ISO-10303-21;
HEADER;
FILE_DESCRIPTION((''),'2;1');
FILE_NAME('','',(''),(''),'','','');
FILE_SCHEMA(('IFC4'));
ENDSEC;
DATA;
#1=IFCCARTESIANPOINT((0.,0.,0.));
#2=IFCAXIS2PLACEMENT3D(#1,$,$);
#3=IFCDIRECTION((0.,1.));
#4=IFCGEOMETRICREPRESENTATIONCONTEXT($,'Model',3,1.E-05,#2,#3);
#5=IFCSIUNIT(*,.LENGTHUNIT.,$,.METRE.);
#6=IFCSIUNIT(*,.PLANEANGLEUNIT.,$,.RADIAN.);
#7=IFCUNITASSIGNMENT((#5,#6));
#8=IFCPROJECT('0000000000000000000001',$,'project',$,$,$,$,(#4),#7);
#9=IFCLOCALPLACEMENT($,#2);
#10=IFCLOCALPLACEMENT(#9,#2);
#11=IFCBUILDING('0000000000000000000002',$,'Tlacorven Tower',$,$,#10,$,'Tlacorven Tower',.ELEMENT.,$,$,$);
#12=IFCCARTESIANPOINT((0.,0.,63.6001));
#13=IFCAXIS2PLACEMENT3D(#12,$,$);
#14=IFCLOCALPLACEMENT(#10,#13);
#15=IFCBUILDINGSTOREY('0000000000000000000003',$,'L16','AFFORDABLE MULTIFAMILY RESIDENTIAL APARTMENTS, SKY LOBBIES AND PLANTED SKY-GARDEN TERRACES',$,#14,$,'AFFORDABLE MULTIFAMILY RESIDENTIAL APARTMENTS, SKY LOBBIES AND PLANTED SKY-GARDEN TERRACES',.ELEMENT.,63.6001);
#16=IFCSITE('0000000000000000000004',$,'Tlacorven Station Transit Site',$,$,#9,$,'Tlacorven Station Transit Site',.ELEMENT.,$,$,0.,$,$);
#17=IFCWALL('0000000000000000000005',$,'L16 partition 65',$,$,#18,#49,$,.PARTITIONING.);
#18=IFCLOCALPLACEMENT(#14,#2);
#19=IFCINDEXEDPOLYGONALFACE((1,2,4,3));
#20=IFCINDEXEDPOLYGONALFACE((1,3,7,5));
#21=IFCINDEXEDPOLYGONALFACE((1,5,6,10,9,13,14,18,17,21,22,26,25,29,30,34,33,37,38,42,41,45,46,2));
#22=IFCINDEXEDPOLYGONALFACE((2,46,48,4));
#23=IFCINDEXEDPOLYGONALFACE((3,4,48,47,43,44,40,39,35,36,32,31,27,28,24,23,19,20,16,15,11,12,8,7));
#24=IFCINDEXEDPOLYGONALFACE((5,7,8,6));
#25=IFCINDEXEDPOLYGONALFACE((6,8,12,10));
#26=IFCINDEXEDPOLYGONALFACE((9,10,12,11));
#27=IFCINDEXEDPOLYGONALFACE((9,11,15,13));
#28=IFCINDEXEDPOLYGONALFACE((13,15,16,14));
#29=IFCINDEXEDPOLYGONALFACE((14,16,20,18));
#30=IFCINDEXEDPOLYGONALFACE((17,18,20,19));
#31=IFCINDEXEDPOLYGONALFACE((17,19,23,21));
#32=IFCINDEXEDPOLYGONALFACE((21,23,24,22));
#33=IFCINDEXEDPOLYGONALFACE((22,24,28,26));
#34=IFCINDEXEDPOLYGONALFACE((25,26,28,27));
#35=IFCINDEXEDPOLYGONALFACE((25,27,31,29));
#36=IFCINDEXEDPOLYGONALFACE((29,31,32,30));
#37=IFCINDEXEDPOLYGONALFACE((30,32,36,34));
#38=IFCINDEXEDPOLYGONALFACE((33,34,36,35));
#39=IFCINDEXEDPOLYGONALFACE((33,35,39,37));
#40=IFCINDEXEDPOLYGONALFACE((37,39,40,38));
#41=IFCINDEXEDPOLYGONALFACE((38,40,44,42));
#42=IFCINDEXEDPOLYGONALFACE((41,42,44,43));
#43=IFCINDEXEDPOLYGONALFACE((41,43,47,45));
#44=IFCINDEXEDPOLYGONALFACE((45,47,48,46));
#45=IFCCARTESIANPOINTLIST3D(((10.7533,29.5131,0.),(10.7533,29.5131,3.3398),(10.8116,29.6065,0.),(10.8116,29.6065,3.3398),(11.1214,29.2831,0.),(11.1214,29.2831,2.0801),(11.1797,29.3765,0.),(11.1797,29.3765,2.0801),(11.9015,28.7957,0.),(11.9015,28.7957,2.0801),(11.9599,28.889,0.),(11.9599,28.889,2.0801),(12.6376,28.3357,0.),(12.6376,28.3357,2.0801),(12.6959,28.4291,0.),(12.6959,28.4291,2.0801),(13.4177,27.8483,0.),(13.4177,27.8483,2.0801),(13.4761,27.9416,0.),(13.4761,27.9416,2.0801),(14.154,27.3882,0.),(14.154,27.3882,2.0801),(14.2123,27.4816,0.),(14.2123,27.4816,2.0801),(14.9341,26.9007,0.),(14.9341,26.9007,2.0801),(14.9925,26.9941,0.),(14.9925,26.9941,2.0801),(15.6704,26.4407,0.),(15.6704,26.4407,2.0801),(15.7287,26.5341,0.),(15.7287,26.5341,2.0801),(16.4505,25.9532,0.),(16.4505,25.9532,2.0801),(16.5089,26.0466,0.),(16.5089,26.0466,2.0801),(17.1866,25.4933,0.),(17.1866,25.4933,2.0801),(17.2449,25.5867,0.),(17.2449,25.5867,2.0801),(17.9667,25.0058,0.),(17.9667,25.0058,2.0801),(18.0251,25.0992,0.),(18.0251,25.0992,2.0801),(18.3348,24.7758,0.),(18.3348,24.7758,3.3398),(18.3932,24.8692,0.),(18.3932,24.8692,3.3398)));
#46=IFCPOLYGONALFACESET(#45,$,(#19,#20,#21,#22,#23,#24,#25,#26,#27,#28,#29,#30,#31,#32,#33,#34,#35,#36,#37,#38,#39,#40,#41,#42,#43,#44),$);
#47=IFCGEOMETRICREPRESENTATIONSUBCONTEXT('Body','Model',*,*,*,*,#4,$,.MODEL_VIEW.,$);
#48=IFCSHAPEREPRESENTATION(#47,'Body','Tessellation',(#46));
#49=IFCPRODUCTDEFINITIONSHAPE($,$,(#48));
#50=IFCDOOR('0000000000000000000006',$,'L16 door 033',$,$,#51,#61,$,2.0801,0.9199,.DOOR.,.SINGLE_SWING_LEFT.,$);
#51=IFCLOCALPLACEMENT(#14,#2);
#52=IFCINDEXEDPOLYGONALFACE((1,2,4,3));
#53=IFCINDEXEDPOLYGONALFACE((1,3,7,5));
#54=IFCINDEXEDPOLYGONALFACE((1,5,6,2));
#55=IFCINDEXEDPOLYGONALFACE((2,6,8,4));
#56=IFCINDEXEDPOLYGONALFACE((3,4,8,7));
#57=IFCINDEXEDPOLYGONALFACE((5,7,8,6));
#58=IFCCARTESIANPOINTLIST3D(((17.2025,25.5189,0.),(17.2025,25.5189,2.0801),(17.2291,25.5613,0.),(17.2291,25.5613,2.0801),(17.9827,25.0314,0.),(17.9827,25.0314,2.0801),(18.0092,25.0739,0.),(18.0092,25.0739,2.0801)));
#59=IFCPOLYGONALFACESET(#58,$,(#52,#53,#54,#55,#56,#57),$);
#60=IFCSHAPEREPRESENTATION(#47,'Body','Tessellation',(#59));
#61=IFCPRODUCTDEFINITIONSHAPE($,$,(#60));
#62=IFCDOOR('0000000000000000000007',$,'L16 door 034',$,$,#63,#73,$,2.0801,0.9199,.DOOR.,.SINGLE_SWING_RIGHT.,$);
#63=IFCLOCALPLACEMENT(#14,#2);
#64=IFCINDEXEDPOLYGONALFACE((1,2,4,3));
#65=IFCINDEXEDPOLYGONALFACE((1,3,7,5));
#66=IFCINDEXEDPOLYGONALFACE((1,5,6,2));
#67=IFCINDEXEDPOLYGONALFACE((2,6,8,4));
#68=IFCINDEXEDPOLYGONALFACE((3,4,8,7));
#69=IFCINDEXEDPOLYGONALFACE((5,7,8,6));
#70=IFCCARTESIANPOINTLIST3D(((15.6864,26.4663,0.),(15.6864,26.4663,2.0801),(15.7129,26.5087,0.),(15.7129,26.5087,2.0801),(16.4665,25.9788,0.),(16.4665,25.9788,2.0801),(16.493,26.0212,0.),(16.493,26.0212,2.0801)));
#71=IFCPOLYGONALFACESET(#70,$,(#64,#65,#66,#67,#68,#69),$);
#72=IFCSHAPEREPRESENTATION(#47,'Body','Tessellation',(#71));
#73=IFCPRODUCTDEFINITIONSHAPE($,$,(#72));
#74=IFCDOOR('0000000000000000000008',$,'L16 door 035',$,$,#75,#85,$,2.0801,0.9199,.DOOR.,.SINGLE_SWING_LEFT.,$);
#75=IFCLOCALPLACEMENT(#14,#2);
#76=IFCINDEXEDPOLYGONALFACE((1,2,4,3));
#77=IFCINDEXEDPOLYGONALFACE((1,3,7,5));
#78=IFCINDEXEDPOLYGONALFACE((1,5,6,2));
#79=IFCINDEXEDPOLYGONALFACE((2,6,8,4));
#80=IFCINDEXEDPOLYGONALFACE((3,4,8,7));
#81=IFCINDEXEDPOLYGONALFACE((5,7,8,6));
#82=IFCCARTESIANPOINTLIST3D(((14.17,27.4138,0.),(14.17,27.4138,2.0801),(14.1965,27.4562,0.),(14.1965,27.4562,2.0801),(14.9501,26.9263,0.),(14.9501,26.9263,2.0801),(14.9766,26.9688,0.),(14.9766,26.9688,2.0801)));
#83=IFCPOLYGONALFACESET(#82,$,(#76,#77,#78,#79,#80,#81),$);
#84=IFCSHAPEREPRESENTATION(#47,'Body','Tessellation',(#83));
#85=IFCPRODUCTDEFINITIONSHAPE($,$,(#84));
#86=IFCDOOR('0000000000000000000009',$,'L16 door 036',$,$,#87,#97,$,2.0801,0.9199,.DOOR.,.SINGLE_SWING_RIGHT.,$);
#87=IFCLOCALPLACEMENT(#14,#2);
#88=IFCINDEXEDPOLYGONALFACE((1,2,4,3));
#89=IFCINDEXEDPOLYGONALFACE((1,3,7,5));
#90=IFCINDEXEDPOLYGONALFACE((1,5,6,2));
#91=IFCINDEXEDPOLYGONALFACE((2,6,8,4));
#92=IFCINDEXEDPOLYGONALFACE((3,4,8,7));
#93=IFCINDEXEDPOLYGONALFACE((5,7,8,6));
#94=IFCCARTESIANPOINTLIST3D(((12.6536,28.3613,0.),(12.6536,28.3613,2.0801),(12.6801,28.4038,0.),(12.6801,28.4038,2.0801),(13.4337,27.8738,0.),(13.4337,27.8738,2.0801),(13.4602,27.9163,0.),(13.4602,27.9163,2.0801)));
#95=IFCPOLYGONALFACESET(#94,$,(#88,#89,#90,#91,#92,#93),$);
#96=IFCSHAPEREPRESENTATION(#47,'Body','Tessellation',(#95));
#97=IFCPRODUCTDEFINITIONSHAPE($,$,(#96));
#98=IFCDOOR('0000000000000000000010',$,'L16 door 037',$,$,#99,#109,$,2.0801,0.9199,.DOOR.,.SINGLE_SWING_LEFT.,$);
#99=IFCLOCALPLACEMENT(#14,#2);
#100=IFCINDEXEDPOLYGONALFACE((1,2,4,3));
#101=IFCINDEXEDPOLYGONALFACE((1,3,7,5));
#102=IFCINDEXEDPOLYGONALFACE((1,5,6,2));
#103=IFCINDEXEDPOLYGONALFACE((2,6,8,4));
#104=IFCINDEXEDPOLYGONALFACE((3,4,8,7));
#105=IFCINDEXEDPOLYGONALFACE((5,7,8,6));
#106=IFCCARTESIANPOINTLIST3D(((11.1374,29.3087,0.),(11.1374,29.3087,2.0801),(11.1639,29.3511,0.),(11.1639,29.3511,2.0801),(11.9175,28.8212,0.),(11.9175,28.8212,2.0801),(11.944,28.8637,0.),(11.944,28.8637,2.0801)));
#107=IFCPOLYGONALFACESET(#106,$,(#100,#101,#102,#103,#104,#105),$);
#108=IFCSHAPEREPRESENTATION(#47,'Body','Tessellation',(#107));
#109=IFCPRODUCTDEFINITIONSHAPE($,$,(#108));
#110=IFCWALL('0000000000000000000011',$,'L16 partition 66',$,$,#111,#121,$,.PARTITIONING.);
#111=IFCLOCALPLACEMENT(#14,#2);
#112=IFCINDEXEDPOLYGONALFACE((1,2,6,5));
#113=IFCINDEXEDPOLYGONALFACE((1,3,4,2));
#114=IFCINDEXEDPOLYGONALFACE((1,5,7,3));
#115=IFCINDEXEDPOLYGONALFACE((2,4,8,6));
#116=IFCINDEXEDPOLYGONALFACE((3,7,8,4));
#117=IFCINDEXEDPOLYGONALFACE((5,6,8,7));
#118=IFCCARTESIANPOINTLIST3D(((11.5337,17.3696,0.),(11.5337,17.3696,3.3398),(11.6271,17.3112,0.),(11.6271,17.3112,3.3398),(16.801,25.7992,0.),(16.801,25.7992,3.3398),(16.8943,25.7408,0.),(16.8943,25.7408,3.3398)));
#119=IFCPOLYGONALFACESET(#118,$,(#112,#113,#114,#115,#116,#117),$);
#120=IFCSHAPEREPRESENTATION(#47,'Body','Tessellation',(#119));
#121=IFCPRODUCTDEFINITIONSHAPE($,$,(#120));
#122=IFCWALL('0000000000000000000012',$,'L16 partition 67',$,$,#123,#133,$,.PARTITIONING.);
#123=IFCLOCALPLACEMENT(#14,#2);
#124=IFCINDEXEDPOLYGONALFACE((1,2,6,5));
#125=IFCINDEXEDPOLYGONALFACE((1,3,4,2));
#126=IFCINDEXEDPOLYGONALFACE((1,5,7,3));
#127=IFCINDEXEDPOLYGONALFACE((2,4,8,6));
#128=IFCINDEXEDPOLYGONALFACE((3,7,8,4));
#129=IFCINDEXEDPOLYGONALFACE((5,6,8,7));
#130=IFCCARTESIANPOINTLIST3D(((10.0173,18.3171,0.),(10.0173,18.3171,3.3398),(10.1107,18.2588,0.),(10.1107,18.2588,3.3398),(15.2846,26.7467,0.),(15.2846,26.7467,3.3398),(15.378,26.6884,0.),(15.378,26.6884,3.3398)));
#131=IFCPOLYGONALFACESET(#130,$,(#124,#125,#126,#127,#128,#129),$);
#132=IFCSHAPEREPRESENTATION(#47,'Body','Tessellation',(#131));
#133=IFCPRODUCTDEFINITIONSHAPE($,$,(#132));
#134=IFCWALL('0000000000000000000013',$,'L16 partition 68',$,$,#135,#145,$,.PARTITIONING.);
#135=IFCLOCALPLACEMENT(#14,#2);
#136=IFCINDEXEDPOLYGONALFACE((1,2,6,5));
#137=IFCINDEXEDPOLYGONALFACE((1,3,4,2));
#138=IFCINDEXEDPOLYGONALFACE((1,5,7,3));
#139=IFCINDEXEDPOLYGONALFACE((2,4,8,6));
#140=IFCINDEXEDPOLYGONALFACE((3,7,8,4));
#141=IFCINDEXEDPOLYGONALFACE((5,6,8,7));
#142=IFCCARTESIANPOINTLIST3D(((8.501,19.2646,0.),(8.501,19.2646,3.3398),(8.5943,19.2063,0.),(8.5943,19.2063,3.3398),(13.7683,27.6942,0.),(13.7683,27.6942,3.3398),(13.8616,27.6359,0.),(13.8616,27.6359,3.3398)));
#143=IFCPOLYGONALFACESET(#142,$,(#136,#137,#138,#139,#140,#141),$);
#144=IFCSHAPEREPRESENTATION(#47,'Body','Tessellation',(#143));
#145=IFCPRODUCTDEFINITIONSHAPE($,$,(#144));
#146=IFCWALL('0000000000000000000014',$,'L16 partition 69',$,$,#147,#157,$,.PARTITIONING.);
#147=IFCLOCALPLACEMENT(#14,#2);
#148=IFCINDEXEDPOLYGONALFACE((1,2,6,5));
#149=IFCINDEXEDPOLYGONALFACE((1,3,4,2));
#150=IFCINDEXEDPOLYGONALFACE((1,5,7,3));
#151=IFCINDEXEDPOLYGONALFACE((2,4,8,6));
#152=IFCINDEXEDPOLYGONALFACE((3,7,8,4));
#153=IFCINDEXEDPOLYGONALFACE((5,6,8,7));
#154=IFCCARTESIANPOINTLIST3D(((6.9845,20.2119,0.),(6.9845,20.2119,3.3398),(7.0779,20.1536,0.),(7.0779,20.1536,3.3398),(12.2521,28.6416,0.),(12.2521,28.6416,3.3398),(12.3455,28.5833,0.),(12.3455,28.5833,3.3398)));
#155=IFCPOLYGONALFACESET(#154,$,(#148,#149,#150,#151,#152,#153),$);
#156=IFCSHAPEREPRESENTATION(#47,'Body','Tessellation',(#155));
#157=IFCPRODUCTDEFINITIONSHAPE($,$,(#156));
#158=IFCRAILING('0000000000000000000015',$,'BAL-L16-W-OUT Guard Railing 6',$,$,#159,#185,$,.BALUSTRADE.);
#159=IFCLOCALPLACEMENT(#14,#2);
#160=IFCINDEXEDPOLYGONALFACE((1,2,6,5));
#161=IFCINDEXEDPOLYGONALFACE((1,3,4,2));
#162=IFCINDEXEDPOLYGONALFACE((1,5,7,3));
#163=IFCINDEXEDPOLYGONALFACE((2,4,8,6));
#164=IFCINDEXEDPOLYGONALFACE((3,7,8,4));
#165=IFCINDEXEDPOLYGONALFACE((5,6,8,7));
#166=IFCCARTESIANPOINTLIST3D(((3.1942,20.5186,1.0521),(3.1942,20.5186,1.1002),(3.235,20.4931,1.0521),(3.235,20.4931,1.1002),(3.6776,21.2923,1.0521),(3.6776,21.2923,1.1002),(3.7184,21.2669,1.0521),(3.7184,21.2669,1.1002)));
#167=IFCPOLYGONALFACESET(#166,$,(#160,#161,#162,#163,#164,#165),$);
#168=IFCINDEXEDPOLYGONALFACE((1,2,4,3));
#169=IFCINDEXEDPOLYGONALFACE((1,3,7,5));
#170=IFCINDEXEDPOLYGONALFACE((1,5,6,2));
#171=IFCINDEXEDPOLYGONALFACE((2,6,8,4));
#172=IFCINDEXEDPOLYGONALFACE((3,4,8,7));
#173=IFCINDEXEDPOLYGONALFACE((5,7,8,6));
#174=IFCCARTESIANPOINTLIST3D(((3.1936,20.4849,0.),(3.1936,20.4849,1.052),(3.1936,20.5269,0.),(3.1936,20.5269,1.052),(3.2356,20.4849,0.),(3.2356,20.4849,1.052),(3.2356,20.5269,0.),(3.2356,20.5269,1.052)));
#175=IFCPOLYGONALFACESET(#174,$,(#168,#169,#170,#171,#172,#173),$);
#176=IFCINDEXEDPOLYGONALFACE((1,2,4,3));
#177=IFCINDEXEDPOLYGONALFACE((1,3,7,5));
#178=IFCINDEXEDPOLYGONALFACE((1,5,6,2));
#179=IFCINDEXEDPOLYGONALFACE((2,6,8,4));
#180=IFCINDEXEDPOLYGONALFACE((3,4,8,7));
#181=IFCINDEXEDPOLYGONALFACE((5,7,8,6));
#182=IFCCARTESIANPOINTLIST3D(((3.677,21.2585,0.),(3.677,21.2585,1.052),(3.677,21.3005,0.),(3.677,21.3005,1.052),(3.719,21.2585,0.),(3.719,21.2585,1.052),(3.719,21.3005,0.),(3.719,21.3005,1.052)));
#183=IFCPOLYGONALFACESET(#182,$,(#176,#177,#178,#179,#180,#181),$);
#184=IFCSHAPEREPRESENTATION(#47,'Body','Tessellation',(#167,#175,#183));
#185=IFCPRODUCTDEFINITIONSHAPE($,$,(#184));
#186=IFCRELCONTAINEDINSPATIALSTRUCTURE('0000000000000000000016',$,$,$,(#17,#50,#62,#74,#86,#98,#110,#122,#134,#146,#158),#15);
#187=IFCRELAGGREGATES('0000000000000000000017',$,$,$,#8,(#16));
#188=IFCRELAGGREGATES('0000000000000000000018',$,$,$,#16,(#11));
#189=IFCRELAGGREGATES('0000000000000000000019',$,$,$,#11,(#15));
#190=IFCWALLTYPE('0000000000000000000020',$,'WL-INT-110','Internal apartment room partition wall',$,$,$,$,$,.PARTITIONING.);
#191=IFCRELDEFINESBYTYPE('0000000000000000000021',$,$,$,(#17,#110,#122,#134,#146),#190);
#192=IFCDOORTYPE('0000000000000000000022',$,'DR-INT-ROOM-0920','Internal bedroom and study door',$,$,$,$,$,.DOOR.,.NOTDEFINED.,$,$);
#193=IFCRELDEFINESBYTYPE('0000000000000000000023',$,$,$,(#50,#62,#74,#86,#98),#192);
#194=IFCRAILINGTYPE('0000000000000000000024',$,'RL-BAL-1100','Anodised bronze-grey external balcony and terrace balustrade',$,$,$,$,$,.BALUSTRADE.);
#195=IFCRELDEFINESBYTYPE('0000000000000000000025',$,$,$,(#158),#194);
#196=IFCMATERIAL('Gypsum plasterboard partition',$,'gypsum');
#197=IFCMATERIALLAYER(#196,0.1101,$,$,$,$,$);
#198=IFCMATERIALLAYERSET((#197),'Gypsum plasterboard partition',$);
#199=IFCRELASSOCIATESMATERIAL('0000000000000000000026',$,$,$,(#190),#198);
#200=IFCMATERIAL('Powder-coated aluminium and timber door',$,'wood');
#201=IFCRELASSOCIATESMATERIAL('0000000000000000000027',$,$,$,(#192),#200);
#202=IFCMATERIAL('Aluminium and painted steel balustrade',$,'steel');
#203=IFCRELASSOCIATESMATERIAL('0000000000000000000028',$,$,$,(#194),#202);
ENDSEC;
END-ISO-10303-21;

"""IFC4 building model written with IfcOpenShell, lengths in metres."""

from ifc_helpers import new_model, si_unit, direction, frame, frame_2d, origin, origin_2d, place, context, subcontext, project, spatial, rectangle, extrude, source, transform, mapped, material, layer, layer_set, type_object, element, fill, save


model = new_model("IFC4")

# Units and contexts
model_context = context("Model", 3, precision=1e-05, world=origin(), true_north=direction((0.0, 1.0)))
body_context = subcontext(model_context, "Body", "Model", "MODEL_VIEW")
ifc_project = project(units=[si_unit("LENGTHUNIT", "METRE"), si_unit("PLANEANGLEUNIT", "RADIAN")], contexts=[model_context])

# Site, building, storey
site_placement = place(None, origin())
site = spatial("IfcSite", under=ifc_project, at=site_placement, Name="Tlacorven Station Transit Site", LongName="Tlacorven Station Transit Site", CompositionType="ELEMENT", RefElevation=0.0)
building_placement = place(site_placement, origin())
building = spatial("IfcBuilding", under=site, at=building_placement, Name="Tlacorven Tower", LongName="Tlacorven Tower", CompositionType="ELEMENT")
storey_placement = place(building_placement, frame((0.0, 0.0, 63.6001)))
storey = spatial("IfcBuildingStorey", under=building, at=storey_placement, Name="L16", Description="AFFORDABLE MULTIFAMILY RESIDENTIAL APARTMENTS, SKY LOBBIES AND PLANTED SKY-GARDEN TERRACES", LongName="AFFORDABLE MULTIFAMILY RESIDENTIAL APARTMENTS, SKY LOBBIES AND PLANTED SKY-GARDEN TERRACES", CompositionType="ELEMENT", Elevation=63.6001)

# Wall, openings, doors
ifc_material_1 = material(Name="Gypsum plasterboard partition", Category="gypsum")
ifc_layer_1 = layer(ifc_material_1, 0.1101)
ifc_layer_set_1 = layer_set([ifc_layer_1], Name="Gypsum plasterboard partition")
wall_type_1 = type_object("IfcWallType", Name="WL-INT-110", Description="Internal apartment room partition wall", PredefinedType="PARTITIONING", material=ifc_layer_set_1)
wall_1_placement = place(storey_placement, frame((18.364, 24.8225, 0.0), z_axis=(0.0, 0.0, 1.0), x_axis=(-0.848057, 0.529906, 0.0)))
wall_1 = element("IfcWall", 1, at=wall_1_placement, inside=storey, type_object=wall_type_1, Name="L16 partition 65", PredefinedType="PARTITIONING", context=body_context, shape_type="SweptSolid", body=[
    extrude(rectangle(XDim=8.9399, YDim=0.1101, at=frame_2d((4.47, 0.0))), origin(), (0.0, 0.0, 1.0), 3.3398),
])
opening_1_placement = place(wall_1_placement, frame((0.4341, 0.0, 0.0)))
opening_1 = element("IfcOpeningElement", 2, at=opening_1_placement, cuts=wall_1, PredefinedType="OPENING", context=body_context, shape_type="SweptSolid", body=[
    extrude(rectangle(XDim=0.9199, YDim=2.0801, at=frame_2d((0.46, 1.04))), frame((0.0, 0.0649, 0.0), z_axis=(0.0, -1.0, 0.0), x_axis=(1.0, 0.0, 0.0)), (0.0, 0.0, 1.0), 0.1301),
])
opening_2_placement = place(wall_1_placement, frame((2.2219, 0.0, 0.0)))
opening_2 = element("IfcOpeningElement", 3, at=opening_2_placement, cuts=wall_1, PredefinedType="OPENING", context=body_context, shape_type="SweptSolid", body=[
    extrude(rectangle(XDim=0.9199, YDim=2.0801, at=frame_2d((0.46, 1.04))), frame((0.0, 0.0649, 0.0), z_axis=(0.0, -1.0, 0.0), x_axis=(1.0, 0.0, 0.0)), (0.0, 0.0, 1.0), 0.1301),
])
opening_3_placement = place(wall_1_placement, frame((4.01, 0.0, 0.0)))
opening_3 = element("IfcOpeningElement", 4, at=opening_3_placement, cuts=wall_1, PredefinedType="OPENING", context=body_context, shape_type="SweptSolid", body=[
    extrude(rectangle(XDim=0.9199, YDim=2.0801, at=frame_2d((0.46, 1.04))), frame((0.0, 0.0649, 0.0), z_axis=(0.0, -1.0, 0.0), x_axis=(1.0, 0.0, 0.0)), (0.0, 0.0, 1.0), 0.1301),
])
opening_4_placement = place(wall_1_placement, frame((5.7981, 0.0, 0.0)))
opening_4 = element("IfcOpeningElement", 5, at=opening_4_placement, cuts=wall_1, PredefinedType="OPENING", context=body_context, shape_type="SweptSolid", body=[
    extrude(rectangle(XDim=0.9199, YDim=2.0801, at=frame_2d((0.46, 1.04))), frame((0.0, 0.0649, 0.0), z_axis=(0.0, -1.0, 0.0), x_axis=(1.0, 0.0, 0.0)), (0.0, 0.0, 1.0), 0.1301),
])
opening_5_placement = place(wall_1_placement, frame((7.5859, 0.0, 0.0)))
opening_5 = element("IfcOpeningElement", 6, at=opening_5_placement, cuts=wall_1, PredefinedType="OPENING", context=body_context, shape_type="SweptSolid", body=[
    extrude(rectangle(XDim=0.9199, YDim=2.0801, at=frame_2d((0.46, 1.04))), frame((0.0, 0.0649, 0.0), z_axis=(0.0, -1.0, 0.0), x_axis=(1.0, 0.0, 0.0)), (0.0, 0.0, 1.0), 0.1301),
])
ifc_material_2 = material(Name="Powder-coated aluminium and timber door", Category="wood")
door_type = type_object("IfcDoorType", Name="DR-INT-ROOM-0920", Description="Internal bedroom and study door", OperationType="NOTDEFINED", PredefinedType="DOOR", material=ifc_material_2)
shared_shape_1 = source(origin(), body_context, "Body", "SweptSolid", [
    extrude(rectangle(XDim=0.9199, YDim=2.0801, at=frame_2d((0.46, 1.04))), frame((0.0, 0.0249, 0.0), z_axis=(0.0, -1.0, 0.0), x_axis=(1.0, 0.0, 0.0)), (0.0, 0.0, 1.0), 0.05),
])
door_1_placement = place(opening_1_placement, origin())
door_1 = element("IfcDoor", 7, at=door_1_placement, inside=storey, type_object=door_type, Name="L16 door 033", OperationType="SINGLE_SWING_LEFT", OverallHeight=2.0801, OverallWidth=0.9199, PredefinedType="DOOR", context=body_context, shape_type="MappedRepresentation", body=[
    mapped(shared_shape_1, transform((0.0, 0.0, 0.0), scale=1.0)),
])
fill(opening_1, door_1)
door_2_placement = place(opening_2_placement, origin())
door_2 = element("IfcDoor", 8, at=door_2_placement, inside=storey, type_object=door_type, Name="L16 door 034", OperationType="SINGLE_SWING_RIGHT", OverallHeight=2.0801, OverallWidth=0.9199, PredefinedType="DOOR", context=body_context, shape_type="MappedRepresentation", body=[
    mapped(shared_shape_1, transform((0.0, 0.0, 0.0), scale=1.0)),
])
fill(opening_2, door_2)
door_3_placement = place(opening_3_placement, origin())
door_3 = element("IfcDoor", 9, at=door_3_placement, inside=storey, type_object=door_type, Name="L16 door 035", OperationType="SINGLE_SWING_LEFT", OverallHeight=2.0801, OverallWidth=0.9199, PredefinedType="DOOR", context=body_context, shape_type="MappedRepresentation", body=[
    mapped(shared_shape_1, transform((0.0, 0.0, 0.0), scale=1.0)),
])
fill(opening_3, door_3)
door_4_placement = place(opening_4_placement, origin())
door_4 = element("IfcDoor", 10, at=door_4_placement, inside=storey, type_object=door_type, Name="L16 door 036", OperationType="SINGLE_SWING_RIGHT", OverallHeight=2.0801, OverallWidth=0.9199, PredefinedType="DOOR", context=body_context, shape_type="MappedRepresentation", body=[
    mapped(shared_shape_1, transform((0.0, 0.0, 0.0), scale=1.0)),
])
fill(opening_4, door_4)
door_5_placement = place(opening_5_placement, origin())
door_5 = element("IfcDoor", 11, at=door_5_placement, inside=storey, type_object=door_type, Name="L16 door 037", OperationType="SINGLE_SWING_LEFT", OverallHeight=2.0801, OverallWidth=0.9199, PredefinedType="DOOR", context=body_context, shape_type="MappedRepresentation", body=[
    mapped(shared_shape_1, transform((0.0, 0.0, 0.0), scale=1.0)),
])
fill(opening_5, door_5)

# Walls
for number, where, z_axis, x_axis, name in (
    (12, (16.8477, 25.77, 0.0), (0.0, 0.0, 1.0), (-0.529911, -0.848053, 0.0), "L16 partition 66"),
    (13, (15.3313, 26.7175, 0.0), (0.0, 0.0, 1.0), (-0.529911, -0.848053, 0.0), "L16 partition 67"),
    (14, (13.8149, 27.665, 0.0), (0.0, 0.0, 1.0), (-0.529911, -0.848053, 0.0), "L16 partition 68"),
):
    element("IfcWall", number, at=place(storey_placement, frame(where, z_axis=z_axis, x_axis=x_axis)), inside=storey, type_object=wall_type_1, Name=name, PredefinedType="PARTITIONING", context=body_context, shape_type="SweptSolid", body=[
        extrude(rectangle(XDim=9.9399, YDim=0.1101, at=frame_2d((4.97, 0.0))), origin(), (0.0, 0.0, 1.0), 3.3398),
    ])
wall_2_placement = place(storey_placement, frame((12.2988, 28.6125, 0.0), z_axis=(0.0, 0.0, 1.0), x_axis=(-0.529928, -0.848042, 0.0)))
element("IfcWall", 15, at=wall_2_placement, inside=storey, type_object=wall_type_1, Name="L16 partition 69", PredefinedType="PARTITIONING", context=body_context, shape_type="SweptSolid", body=[
    extrude(rectangle(XDim=9.9402, YDim=0.1101, at=frame_2d((4.9702, 0.0))), origin(), (0.0, 0.0, 1.0), 3.3398),
])

# Railing
ifc_material_3 = material(Name="Aluminium and painted steel balustrade", Category="steel")
railing_type = type_object("IfcRailingType", Name="RL-BAL-1100", Description="Anodised bronze-grey external balcony and terrace balustrade", PredefinedType="BALUSTRADE", material=ifc_material_3)
shared_shape_2 = source(origin(), body_context, "Body", "SweptSolid", [
    extrude(rectangle(XDim=0.0481, YDim=0.0481, at=origin_2d()), frame((0.0, 0.0, 1.0762), z_axis=(0.529879, 0.848073, 0.0), x_axis=(-0.848073, 0.529879, 0.0)), (0.0, 0.0, 1.0), 0.9124),
    extrude(rectangle(XDim=0.042, YDim=0.042, at=origin_2d()), origin(), (0.0, 0.0, 1.0), 1.052),
    extrude(rectangle(XDim=0.042, YDim=0.042, at=origin_2d()), frame((0.4834, 0.7737, 0.0)), (0.0, 0.0, 1.0), 1.052),
])
railing_1_placement = place(storey_placement, frame((3.2146, 20.5059, 0.0)))
element("IfcRailing", 16, at=railing_1_placement, inside=storey, type_object=railing_type, Name="BAL-L16-W-OUT Guard Railing 6", PredefinedType="BALUSTRADE", context=body_context, shape_type="MappedRepresentation", body=[
    mapped(shared_shape_2, transform((0.0, 0.0, 0.0), scale=1.0)),
])

save(model, "model.ifc")
